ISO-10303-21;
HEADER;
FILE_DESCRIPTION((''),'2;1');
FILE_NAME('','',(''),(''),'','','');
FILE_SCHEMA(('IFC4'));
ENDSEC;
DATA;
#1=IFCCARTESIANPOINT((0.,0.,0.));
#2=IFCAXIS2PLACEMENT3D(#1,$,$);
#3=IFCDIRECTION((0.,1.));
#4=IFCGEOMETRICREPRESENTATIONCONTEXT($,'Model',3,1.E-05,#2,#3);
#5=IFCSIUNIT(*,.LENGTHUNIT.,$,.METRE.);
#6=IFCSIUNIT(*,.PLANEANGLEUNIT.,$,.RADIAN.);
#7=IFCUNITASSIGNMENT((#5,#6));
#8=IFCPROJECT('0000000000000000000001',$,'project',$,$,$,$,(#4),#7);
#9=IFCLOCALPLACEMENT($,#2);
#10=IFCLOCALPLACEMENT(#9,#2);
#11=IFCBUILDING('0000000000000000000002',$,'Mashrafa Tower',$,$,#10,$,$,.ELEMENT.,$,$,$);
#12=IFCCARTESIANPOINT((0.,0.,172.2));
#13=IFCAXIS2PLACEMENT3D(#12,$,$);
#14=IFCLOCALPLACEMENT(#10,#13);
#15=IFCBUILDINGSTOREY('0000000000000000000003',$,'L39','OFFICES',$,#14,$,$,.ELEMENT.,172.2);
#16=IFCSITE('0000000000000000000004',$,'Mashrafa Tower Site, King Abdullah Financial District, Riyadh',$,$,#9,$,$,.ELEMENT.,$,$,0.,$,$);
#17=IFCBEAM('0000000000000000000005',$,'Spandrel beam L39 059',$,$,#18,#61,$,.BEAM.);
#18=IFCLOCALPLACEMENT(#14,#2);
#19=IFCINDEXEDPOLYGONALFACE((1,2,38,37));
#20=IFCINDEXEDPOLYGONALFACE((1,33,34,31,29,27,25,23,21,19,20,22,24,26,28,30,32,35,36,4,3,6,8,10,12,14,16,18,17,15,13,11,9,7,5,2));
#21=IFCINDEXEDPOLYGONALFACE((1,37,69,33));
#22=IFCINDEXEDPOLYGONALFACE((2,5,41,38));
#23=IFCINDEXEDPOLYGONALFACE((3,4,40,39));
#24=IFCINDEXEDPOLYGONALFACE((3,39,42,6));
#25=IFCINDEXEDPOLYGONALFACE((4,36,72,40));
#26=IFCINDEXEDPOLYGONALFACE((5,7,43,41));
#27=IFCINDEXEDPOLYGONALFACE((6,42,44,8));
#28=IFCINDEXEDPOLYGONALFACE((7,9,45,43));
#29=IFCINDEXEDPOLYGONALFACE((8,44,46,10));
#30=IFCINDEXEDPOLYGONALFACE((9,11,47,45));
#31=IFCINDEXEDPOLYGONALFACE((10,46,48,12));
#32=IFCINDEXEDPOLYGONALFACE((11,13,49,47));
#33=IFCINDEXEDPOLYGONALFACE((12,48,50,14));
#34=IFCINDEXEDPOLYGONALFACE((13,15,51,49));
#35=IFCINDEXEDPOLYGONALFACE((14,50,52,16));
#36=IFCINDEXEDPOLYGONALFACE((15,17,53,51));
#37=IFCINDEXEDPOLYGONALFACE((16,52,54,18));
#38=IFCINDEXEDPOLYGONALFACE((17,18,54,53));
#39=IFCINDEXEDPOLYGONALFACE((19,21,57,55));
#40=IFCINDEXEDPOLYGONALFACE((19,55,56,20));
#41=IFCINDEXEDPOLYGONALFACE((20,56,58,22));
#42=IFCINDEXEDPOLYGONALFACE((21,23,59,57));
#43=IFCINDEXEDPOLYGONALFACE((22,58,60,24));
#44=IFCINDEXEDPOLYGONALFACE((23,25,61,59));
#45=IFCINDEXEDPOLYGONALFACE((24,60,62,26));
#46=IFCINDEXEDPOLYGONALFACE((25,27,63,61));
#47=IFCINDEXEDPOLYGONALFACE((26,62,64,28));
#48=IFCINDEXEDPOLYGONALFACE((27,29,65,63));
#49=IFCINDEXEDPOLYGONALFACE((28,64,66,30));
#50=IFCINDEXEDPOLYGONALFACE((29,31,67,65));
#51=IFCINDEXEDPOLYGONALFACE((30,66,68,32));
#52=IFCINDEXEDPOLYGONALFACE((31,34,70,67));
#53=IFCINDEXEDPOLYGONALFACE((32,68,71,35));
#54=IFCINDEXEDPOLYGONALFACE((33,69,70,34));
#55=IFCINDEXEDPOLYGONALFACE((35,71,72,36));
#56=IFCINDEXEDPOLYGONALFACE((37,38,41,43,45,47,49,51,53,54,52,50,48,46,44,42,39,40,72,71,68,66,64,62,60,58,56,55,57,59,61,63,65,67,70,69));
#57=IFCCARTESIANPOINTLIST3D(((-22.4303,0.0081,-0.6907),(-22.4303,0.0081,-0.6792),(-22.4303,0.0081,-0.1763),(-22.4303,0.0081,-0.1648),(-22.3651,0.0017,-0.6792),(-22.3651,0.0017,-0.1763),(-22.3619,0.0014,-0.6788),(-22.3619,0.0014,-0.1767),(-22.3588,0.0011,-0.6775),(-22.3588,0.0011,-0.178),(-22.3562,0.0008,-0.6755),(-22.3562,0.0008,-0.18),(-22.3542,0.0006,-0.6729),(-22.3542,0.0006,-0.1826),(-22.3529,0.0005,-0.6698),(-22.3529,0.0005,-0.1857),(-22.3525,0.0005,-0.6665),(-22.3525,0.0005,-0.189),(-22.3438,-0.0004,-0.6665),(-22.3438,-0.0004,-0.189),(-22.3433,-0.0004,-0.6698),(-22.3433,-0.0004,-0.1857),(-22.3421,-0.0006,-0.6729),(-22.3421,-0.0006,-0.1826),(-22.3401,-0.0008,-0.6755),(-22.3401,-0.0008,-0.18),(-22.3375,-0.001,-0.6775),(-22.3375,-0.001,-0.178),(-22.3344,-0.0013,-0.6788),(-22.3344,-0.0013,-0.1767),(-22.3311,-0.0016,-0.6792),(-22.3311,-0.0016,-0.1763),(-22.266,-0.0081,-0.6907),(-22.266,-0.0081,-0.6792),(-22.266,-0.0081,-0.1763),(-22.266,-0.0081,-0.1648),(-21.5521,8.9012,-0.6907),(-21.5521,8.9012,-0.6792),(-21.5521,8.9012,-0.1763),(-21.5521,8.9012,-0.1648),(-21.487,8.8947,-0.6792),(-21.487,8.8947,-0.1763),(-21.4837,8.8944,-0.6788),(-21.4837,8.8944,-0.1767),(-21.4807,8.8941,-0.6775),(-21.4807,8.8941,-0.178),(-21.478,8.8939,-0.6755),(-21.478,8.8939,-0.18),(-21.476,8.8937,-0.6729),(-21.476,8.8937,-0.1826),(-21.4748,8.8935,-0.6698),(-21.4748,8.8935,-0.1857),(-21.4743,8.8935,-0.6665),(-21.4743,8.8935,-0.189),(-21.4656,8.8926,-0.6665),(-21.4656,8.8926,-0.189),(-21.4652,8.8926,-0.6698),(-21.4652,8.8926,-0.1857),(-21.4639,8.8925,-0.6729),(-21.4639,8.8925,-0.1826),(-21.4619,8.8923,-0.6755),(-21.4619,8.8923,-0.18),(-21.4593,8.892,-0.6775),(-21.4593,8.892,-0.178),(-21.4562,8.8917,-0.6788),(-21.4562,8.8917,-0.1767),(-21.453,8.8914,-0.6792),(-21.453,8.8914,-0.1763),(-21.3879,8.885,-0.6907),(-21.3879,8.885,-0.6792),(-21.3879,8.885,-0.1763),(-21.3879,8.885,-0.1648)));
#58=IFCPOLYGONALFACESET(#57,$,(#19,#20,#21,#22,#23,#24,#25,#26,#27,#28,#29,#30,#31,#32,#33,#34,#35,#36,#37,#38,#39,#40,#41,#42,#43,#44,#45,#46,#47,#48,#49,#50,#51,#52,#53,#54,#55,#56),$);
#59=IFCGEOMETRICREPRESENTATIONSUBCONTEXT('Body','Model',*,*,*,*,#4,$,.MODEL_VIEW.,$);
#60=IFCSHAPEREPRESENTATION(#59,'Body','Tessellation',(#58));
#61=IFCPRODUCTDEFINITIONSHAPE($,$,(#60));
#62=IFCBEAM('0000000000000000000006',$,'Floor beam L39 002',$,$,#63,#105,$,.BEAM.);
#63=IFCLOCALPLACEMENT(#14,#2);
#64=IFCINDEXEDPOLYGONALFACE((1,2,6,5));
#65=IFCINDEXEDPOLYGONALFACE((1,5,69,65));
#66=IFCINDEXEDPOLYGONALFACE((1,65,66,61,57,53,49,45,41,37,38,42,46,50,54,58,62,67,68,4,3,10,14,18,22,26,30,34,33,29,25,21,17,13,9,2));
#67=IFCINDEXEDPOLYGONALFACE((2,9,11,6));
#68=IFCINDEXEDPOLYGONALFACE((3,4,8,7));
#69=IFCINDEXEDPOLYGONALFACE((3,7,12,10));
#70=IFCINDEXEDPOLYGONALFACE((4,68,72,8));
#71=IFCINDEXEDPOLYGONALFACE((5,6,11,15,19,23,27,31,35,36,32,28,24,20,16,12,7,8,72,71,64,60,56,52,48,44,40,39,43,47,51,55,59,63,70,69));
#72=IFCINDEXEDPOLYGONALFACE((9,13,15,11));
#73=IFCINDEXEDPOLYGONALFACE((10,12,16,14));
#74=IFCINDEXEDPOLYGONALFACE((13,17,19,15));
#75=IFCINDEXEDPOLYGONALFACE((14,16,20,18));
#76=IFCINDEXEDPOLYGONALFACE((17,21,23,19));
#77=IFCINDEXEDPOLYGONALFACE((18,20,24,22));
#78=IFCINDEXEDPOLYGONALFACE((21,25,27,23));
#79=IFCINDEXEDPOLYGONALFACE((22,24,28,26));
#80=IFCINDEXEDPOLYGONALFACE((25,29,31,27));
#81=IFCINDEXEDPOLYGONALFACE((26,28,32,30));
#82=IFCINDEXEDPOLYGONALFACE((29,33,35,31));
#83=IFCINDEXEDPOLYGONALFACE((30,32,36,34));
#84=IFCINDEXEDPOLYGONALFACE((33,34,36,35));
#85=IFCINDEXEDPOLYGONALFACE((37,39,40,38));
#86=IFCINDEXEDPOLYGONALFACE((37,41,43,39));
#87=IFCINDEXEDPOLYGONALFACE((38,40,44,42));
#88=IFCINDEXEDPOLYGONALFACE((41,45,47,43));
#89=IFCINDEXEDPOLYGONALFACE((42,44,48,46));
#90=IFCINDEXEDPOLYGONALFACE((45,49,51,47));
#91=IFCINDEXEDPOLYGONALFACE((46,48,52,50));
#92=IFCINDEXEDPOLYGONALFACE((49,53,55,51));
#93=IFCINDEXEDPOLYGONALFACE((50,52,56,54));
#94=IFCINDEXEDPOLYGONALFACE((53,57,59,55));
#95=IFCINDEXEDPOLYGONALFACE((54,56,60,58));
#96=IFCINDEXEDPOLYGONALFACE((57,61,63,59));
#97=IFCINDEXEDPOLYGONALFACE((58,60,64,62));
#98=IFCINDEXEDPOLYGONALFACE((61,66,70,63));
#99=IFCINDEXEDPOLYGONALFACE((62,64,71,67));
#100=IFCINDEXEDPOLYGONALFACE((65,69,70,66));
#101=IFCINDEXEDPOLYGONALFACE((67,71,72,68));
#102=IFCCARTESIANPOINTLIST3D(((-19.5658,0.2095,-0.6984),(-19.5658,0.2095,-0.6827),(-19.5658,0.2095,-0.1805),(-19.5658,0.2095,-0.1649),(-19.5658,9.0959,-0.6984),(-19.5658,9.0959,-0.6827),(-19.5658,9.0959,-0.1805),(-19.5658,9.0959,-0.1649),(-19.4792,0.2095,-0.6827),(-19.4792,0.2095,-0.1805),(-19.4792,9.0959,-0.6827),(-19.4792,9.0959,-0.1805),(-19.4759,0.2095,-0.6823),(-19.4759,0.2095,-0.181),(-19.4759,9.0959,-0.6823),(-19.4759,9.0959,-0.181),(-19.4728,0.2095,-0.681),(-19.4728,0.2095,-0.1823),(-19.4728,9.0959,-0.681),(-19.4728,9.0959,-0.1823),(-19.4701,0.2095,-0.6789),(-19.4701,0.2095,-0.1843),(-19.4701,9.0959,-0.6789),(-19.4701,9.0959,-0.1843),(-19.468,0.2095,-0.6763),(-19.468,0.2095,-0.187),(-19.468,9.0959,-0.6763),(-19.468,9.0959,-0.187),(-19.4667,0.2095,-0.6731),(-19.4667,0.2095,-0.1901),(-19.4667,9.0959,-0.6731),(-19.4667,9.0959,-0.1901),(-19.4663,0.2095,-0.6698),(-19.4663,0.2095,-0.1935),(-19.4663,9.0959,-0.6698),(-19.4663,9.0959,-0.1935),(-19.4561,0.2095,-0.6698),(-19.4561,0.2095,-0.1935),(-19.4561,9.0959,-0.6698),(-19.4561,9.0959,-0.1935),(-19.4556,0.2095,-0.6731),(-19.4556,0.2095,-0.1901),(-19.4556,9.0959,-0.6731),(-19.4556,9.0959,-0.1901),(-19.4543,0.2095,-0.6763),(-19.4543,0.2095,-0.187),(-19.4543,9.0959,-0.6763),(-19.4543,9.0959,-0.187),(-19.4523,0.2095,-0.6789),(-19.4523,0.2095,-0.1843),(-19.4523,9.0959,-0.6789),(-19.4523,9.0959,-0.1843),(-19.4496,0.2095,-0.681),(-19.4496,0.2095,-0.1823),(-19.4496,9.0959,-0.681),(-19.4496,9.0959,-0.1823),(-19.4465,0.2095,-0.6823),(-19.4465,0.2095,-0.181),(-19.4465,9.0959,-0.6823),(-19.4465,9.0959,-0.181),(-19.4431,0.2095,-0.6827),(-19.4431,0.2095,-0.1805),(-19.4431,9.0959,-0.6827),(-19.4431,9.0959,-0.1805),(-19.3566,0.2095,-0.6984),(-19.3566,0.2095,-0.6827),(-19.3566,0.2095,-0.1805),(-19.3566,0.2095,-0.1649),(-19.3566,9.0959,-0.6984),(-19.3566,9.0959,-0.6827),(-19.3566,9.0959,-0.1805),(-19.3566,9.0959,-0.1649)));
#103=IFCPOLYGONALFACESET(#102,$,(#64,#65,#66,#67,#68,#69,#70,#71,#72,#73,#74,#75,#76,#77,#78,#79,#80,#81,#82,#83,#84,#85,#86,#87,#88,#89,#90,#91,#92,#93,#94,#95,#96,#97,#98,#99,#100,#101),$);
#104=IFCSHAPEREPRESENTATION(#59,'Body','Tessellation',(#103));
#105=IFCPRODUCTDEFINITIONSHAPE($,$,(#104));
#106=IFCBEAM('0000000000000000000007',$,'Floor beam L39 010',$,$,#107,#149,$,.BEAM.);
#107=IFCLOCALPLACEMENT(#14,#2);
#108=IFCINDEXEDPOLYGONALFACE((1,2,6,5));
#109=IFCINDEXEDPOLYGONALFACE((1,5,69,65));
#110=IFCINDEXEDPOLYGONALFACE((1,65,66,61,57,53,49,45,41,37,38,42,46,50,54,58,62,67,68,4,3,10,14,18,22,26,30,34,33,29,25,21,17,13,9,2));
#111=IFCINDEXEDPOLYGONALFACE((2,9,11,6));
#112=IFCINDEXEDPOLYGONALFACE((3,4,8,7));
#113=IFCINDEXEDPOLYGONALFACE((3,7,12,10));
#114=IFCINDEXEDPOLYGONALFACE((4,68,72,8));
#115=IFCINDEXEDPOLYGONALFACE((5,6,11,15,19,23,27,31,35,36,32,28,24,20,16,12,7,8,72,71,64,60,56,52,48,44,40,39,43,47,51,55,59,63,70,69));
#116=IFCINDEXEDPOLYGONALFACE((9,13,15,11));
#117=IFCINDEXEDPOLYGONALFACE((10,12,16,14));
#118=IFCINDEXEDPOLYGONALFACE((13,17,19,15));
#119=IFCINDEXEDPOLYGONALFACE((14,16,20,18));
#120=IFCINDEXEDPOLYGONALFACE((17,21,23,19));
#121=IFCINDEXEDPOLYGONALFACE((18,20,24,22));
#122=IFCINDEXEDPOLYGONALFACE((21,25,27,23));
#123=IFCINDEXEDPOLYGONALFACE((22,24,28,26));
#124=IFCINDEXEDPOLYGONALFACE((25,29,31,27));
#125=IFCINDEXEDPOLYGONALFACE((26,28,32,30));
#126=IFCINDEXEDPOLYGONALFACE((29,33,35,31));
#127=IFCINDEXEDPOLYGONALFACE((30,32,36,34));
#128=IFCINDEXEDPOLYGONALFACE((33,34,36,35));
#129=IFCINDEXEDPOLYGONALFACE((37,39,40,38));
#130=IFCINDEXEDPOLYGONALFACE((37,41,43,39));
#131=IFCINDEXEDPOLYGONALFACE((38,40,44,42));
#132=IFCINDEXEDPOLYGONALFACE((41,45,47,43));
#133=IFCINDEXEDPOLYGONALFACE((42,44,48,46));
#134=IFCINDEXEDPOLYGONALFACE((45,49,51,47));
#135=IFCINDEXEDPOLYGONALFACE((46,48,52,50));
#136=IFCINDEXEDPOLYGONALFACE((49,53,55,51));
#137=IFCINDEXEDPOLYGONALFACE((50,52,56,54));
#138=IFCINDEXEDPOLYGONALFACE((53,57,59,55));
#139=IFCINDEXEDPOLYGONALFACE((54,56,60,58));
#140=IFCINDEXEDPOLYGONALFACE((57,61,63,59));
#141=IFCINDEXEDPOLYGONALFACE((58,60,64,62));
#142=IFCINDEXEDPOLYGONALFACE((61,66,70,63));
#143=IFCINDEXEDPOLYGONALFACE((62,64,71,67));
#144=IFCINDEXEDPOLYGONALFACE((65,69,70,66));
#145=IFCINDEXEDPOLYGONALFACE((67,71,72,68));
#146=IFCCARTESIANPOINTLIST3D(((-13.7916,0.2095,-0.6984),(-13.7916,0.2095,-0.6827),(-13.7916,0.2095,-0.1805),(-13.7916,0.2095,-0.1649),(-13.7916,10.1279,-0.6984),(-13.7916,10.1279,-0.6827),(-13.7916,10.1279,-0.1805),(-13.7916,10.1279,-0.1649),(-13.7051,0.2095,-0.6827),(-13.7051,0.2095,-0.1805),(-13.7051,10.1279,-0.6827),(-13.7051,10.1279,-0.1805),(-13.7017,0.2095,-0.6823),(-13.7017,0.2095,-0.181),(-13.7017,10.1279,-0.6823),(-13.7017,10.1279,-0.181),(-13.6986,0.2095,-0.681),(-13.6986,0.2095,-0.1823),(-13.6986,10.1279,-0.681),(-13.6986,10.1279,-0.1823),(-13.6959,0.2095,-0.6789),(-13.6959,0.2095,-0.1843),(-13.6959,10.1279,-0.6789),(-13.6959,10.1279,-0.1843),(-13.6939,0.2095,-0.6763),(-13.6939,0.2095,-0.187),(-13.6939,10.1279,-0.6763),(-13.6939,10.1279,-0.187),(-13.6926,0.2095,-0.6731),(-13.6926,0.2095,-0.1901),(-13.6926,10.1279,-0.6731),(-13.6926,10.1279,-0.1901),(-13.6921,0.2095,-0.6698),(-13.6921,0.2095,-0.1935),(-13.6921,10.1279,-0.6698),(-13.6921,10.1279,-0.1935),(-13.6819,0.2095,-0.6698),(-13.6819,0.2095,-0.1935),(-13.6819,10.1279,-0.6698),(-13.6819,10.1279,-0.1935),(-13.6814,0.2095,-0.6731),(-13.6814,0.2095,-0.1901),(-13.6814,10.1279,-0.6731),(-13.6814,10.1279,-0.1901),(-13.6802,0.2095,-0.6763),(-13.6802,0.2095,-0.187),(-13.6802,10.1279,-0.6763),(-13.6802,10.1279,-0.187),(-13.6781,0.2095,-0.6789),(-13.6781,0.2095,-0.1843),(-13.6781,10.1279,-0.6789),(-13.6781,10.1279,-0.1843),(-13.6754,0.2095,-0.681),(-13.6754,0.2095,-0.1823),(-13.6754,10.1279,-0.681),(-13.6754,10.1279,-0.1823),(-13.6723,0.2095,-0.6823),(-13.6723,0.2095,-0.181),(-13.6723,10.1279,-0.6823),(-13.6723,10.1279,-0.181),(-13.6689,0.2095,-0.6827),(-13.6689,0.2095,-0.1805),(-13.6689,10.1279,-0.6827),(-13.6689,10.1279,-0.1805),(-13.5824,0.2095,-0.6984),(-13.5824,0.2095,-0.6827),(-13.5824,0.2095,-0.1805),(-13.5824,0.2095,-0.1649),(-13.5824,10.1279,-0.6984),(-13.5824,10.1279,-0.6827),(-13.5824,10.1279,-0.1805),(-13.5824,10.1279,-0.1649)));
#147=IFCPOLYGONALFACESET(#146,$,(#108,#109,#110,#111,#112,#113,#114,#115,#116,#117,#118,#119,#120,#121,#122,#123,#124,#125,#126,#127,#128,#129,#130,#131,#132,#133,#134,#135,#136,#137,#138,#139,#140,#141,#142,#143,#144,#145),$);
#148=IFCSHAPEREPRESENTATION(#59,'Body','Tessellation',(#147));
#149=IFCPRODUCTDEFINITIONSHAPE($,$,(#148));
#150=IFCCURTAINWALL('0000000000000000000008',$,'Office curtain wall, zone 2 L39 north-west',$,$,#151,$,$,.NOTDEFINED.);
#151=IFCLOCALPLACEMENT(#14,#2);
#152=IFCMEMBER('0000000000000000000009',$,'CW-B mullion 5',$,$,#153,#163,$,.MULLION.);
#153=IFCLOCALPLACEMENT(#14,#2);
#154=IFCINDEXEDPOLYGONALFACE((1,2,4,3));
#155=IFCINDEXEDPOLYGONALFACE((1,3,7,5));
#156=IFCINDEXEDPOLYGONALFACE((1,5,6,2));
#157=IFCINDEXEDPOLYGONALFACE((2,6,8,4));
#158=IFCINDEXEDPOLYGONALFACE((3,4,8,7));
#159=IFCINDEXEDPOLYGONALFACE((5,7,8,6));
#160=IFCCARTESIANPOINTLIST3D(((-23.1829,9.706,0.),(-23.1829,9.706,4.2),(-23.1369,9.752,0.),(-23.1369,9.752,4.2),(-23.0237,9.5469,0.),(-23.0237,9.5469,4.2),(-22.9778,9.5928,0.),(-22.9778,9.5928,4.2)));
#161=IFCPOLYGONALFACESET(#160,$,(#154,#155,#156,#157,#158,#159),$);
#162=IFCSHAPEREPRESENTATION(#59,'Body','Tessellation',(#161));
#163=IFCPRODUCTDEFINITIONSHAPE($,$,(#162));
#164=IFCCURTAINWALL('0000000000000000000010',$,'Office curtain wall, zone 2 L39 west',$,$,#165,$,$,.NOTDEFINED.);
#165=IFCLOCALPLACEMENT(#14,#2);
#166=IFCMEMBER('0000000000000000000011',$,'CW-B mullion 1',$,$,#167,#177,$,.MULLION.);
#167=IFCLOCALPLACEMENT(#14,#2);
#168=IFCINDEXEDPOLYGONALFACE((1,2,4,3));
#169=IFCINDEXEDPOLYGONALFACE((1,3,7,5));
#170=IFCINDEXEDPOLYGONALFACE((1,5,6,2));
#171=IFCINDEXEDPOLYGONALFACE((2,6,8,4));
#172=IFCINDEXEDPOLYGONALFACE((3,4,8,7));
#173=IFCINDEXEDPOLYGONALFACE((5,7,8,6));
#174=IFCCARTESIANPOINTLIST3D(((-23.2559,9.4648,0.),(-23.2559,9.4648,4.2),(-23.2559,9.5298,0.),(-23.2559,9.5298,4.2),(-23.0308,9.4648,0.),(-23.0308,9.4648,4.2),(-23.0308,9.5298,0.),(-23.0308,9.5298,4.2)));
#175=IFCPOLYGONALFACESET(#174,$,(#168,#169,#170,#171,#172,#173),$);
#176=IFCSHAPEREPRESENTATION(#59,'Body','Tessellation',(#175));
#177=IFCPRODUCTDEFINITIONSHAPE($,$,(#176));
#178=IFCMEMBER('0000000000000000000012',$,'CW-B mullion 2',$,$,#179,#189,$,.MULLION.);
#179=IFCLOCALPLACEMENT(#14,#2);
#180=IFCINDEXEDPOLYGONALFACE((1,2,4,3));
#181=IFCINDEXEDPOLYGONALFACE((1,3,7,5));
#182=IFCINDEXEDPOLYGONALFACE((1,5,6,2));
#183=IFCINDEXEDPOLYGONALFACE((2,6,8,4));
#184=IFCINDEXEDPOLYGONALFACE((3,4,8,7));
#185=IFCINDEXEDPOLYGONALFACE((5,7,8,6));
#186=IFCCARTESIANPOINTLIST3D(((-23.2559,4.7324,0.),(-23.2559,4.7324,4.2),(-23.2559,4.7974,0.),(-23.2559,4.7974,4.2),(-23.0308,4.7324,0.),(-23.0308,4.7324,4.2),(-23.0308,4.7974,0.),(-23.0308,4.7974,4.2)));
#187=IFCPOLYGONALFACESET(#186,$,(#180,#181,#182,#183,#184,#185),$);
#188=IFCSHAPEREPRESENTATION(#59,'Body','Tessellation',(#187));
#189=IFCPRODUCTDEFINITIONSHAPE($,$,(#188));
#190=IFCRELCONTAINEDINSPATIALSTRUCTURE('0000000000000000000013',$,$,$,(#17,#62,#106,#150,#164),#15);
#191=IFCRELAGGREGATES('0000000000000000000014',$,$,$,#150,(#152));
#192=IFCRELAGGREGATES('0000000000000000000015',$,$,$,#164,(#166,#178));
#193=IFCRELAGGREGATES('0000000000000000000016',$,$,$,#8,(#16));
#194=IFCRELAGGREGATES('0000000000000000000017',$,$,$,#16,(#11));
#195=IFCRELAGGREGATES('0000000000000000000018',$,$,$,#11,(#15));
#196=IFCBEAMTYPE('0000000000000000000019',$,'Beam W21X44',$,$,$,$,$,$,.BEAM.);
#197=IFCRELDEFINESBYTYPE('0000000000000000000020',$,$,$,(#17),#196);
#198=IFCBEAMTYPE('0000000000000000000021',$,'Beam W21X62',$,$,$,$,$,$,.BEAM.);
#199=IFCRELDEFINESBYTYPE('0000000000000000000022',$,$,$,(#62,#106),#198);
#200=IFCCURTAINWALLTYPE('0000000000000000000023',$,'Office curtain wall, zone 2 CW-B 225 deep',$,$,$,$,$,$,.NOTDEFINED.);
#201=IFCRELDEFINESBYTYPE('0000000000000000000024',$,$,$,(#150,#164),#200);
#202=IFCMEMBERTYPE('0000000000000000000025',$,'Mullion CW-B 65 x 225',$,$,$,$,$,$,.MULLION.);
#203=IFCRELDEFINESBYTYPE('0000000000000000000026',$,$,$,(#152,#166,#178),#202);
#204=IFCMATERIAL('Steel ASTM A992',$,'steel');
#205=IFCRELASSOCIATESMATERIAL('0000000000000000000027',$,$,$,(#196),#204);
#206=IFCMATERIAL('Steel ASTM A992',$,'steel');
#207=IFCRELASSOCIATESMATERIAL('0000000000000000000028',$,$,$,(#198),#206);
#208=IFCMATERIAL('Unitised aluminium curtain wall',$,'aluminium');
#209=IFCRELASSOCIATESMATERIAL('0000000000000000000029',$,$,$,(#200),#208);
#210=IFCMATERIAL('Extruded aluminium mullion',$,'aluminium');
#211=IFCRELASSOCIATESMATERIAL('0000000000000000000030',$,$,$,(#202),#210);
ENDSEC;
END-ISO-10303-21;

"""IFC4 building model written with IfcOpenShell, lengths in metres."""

from ifc_helpers import new_model, si_unit, direction, frame, origin, origin_2d, place, context, subcontext, project, spatial, rectangle, i_section, extrude, source, transform, mapped, material, material_profile, profile_set, type_object, type_shapes, element, aggregate, save


model = new_model("IFC4")

# Units and contexts
model_context = context("Model", 3, precision=1e-05, world=origin(), true_north=direction((0.0, 1.0)))
body_context = subcontext(model_context, "Body", "Model", "MODEL_VIEW")
ifc_project = project(units=[si_unit("LENGTHUNIT", "METRE"), si_unit("PLANEANGLEUNIT", "RADIAN")], contexts=[model_context])

# Site, building, storey
site_placement = place(None, origin())
site = spatial("IfcSite", under=ifc_project, at=site_placement, Name="Mashrafa Tower Site, King Abdullah Financial District, Riyadh", CompositionType="ELEMENT", RefElevation=0.0)
building_placement = place(site_placement, origin())
building = spatial("IfcBuilding", under=site, at=building_placement, Name="Mashrafa Tower", CompositionType="ELEMENT")
storey_placement = place(building_placement, frame((0.0, 0.0, 172.2)))
storey = spatial("IfcBuildingStorey", under=building, at=storey_placement, Name="L39", Description="OFFICES", CompositionType="ELEMENT", Elevation=172.2)

# Beams
ifc_material_1 = material(Name="Steel ASTM A992", Category="steel")
ifc_material_profile_1 = material_profile(ifc_material_1, i_section(OverallWidth=0.165, OverallDepth=0.5259, WebThickness=0.0088, FlangeThickness=0.0115, FilletRadius=0.0127, at=origin_2d()), Name="W21X44")
ifc_profile_set_1 = profile_set([ifc_material_profile_1], Name="Steel ASTM A992")
beam_type_1 = type_object("IfcBeamType", Name="Beam W21X44", PredefinedType="BEAM", material=ifc_profile_set_1)
beam_1_placement = place(storey_placement, frame((-21.47, 8.8931, -0.4277), z_axis=(-0.09827, -0.99516, 0.0), x_axis=(0.99516, -0.09827, 0.0)))
element("IfcBeam", 1, at=beam_1_placement, inside=storey, type_object=beam_type_1, Name="Spandrel beam L39 059", PredefinedType="BEAM", context=body_context, shape_type="SweptSolid", body=[
    extrude(i_section(OverallWidth=0.165, OverallDepth=0.5259, WebThickness=0.0088, FlangeThickness=0.0115, FilletRadius=0.0127, at=origin_2d()), origin(), (0.0, 0.0, 1.0), 8.9363),
])
ifc_material_2 = material(Name="Steel ASTM A992", Category="steel")
ifc_material_profile_2 = material_profile(ifc_material_2, i_section(OverallWidth=0.2092, OverallDepth=0.5334, WebThickness=0.0103, FlangeThickness=0.0156, FilletRadius=0.0129, at=origin_2d()), Name="W21X62")
ifc_profile_set_2 = profile_set([ifc_material_profile_2], Name="Steel ASTM A992")
beam_type_2 = type_object("IfcBeamType", Name="Beam W21X62", PredefinedType="BEAM", material=ifc_profile_set_2)
beam_2_placement = place(storey_placement, frame((-19.4612, 0.2095, -0.4316), z_axis=(0.0, 1.0, 0.0), x_axis=(-1.0, 0.0, 0.0)))
element("IfcBeam", 2, at=beam_2_placement, inside=storey, type_object=beam_type_2, Name="Floor beam L39 002", PredefinedType="BEAM", context=body_context, shape_type="SweptSolid", body=[
    extrude(i_section(OverallWidth=0.2092, OverallDepth=0.5334, WebThickness=0.0103, FlangeThickness=0.0156, FilletRadius=0.0129, at=origin_2d()), origin(), (0.0, 0.0, 1.0), 8.8865),
])
beam_3_placement = place(storey_placement, frame((-13.687, 0.2095, -0.4316), z_axis=(0.0, 1.0, 0.0), x_axis=(-1.0, 0.0, 0.0)))
element("IfcBeam", 3, at=beam_3_placement, inside=storey, type_object=beam_type_2, Name="Floor beam L39 010", PredefinedType="BEAM", context=body_context, shape_type="SweptSolid", body=[
    extrude(i_section(OverallWidth=0.2092, OverallDepth=0.5334, WebThickness=0.0103, FlangeThickness=0.0156, FilletRadius=0.0129, at=origin_2d()), origin(), (0.0, 0.0, 1.0), 9.9185),
])

# Curtain wall, member
ifc_material_3 = material(Name="Unitised aluminium curtain wall", Category="aluminium")
curtain_wall_type = type_object("IfcCurtainWallType", Name="Office curtain wall, zone 2 CW-B 225 deep", PredefinedType="NOTDEFINED", material=ifc_material_3)
curtain_wall_1_placement = place(storey_placement, origin())
curtain_wall_1 = element("IfcCurtainWall", 4, at=curtain_wall_1_placement, inside=storey, type_object=curtain_wall_type, Name="Office curtain wall, zone 2 L39 north-west", PredefinedType="NOTDEFINED")
ifc_material_4 = material(Name="Extruded aluminium mullion", Category="aluminium")
ifc_material_profile_3 = material_profile(ifc_material_4, rectangle(XDim=0.2251, YDim=0.0649, at=origin_2d()), Name="Mullion 65x225")
ifc_profile_set_3 = profile_set([ifc_material_profile_3], Name="Extruded aluminium mullion")
member_type_1 = type_object("IfcMemberType", Name="Mullion CW-B 65 x 225", PredefinedType="MULLION", material=ifc_profile_set_3)
shared_shape_1 = source(origin(), body_context, "Body", "SweptSolid", [
    extrude(rectangle(XDim=0.2251, YDim=0.0649, at=origin_2d()), origin(), (0.0, 0.0, 1.0), 4.2),
])
type_shapes(member_type_1, [shared_shape_1])
member_1_placement = place(storey_placement, frame((-23.0803, 9.6494, 0.0), z_axis=(0.0, 0.0, 1.0), x_axis=(0.707107, -0.707107, 0.0)))
member_1 = element("IfcMember", 5, at=member_1_placement, type_object=member_type_1, Name="CW-B mullion 5", PredefinedType="MULLION", context=body_context, shape_type="MappedRepresentation", body=[
    mapped(shared_shape_1, transform((0.0, 0.0, 0.0))),
])
aggregate(curtain_wall_1, [member_1])

# Curtain wall, members
curtain_wall_2_placement = place(storey_placement, origin())
curtain_wall_2 = element("IfcCurtainWall", 6, at=curtain_wall_2_placement, inside=storey, type_object=curtain_wall_type, Name="Office curtain wall, zone 2 L39 west", PredefinedType="NOTDEFINED")
member_2_placement = place(storey_placement, frame((-23.1433, 9.4973, 0.0), z_axis=(0.0, 0.0, 1.0), x_axis=(1.0, 0.0, 0.0)))
member_2 = element("IfcMember", 7, at=member_2_placement, type_object=member_type_1, Name="CW-B mullion 1", PredefinedType="MULLION", context=body_context, shape_type="MappedRepresentation", body=[
    mapped(shared_shape_1, transform((0.0, 0.0, 0.0))),
])
member_3_placement = place(storey_placement, frame((-23.1433, 4.7649, 0.0), z_axis=(0.0, 0.0, 1.0), x_axis=(1.0, 0.0, 0.0)))
member_3 = element("IfcMember", 8, at=member_3_placement, type_object=member_type_1, Name="CW-B mullion 2", PredefinedType="MULLION", context=body_context, shape_type="MappedRepresentation", body=[
    mapped(shared_shape_1, transform((0.0, 0.0, 0.0))),
])
aggregate(curtain_wall_2, [member_2, member_3])

save(model, "model.ifc")
